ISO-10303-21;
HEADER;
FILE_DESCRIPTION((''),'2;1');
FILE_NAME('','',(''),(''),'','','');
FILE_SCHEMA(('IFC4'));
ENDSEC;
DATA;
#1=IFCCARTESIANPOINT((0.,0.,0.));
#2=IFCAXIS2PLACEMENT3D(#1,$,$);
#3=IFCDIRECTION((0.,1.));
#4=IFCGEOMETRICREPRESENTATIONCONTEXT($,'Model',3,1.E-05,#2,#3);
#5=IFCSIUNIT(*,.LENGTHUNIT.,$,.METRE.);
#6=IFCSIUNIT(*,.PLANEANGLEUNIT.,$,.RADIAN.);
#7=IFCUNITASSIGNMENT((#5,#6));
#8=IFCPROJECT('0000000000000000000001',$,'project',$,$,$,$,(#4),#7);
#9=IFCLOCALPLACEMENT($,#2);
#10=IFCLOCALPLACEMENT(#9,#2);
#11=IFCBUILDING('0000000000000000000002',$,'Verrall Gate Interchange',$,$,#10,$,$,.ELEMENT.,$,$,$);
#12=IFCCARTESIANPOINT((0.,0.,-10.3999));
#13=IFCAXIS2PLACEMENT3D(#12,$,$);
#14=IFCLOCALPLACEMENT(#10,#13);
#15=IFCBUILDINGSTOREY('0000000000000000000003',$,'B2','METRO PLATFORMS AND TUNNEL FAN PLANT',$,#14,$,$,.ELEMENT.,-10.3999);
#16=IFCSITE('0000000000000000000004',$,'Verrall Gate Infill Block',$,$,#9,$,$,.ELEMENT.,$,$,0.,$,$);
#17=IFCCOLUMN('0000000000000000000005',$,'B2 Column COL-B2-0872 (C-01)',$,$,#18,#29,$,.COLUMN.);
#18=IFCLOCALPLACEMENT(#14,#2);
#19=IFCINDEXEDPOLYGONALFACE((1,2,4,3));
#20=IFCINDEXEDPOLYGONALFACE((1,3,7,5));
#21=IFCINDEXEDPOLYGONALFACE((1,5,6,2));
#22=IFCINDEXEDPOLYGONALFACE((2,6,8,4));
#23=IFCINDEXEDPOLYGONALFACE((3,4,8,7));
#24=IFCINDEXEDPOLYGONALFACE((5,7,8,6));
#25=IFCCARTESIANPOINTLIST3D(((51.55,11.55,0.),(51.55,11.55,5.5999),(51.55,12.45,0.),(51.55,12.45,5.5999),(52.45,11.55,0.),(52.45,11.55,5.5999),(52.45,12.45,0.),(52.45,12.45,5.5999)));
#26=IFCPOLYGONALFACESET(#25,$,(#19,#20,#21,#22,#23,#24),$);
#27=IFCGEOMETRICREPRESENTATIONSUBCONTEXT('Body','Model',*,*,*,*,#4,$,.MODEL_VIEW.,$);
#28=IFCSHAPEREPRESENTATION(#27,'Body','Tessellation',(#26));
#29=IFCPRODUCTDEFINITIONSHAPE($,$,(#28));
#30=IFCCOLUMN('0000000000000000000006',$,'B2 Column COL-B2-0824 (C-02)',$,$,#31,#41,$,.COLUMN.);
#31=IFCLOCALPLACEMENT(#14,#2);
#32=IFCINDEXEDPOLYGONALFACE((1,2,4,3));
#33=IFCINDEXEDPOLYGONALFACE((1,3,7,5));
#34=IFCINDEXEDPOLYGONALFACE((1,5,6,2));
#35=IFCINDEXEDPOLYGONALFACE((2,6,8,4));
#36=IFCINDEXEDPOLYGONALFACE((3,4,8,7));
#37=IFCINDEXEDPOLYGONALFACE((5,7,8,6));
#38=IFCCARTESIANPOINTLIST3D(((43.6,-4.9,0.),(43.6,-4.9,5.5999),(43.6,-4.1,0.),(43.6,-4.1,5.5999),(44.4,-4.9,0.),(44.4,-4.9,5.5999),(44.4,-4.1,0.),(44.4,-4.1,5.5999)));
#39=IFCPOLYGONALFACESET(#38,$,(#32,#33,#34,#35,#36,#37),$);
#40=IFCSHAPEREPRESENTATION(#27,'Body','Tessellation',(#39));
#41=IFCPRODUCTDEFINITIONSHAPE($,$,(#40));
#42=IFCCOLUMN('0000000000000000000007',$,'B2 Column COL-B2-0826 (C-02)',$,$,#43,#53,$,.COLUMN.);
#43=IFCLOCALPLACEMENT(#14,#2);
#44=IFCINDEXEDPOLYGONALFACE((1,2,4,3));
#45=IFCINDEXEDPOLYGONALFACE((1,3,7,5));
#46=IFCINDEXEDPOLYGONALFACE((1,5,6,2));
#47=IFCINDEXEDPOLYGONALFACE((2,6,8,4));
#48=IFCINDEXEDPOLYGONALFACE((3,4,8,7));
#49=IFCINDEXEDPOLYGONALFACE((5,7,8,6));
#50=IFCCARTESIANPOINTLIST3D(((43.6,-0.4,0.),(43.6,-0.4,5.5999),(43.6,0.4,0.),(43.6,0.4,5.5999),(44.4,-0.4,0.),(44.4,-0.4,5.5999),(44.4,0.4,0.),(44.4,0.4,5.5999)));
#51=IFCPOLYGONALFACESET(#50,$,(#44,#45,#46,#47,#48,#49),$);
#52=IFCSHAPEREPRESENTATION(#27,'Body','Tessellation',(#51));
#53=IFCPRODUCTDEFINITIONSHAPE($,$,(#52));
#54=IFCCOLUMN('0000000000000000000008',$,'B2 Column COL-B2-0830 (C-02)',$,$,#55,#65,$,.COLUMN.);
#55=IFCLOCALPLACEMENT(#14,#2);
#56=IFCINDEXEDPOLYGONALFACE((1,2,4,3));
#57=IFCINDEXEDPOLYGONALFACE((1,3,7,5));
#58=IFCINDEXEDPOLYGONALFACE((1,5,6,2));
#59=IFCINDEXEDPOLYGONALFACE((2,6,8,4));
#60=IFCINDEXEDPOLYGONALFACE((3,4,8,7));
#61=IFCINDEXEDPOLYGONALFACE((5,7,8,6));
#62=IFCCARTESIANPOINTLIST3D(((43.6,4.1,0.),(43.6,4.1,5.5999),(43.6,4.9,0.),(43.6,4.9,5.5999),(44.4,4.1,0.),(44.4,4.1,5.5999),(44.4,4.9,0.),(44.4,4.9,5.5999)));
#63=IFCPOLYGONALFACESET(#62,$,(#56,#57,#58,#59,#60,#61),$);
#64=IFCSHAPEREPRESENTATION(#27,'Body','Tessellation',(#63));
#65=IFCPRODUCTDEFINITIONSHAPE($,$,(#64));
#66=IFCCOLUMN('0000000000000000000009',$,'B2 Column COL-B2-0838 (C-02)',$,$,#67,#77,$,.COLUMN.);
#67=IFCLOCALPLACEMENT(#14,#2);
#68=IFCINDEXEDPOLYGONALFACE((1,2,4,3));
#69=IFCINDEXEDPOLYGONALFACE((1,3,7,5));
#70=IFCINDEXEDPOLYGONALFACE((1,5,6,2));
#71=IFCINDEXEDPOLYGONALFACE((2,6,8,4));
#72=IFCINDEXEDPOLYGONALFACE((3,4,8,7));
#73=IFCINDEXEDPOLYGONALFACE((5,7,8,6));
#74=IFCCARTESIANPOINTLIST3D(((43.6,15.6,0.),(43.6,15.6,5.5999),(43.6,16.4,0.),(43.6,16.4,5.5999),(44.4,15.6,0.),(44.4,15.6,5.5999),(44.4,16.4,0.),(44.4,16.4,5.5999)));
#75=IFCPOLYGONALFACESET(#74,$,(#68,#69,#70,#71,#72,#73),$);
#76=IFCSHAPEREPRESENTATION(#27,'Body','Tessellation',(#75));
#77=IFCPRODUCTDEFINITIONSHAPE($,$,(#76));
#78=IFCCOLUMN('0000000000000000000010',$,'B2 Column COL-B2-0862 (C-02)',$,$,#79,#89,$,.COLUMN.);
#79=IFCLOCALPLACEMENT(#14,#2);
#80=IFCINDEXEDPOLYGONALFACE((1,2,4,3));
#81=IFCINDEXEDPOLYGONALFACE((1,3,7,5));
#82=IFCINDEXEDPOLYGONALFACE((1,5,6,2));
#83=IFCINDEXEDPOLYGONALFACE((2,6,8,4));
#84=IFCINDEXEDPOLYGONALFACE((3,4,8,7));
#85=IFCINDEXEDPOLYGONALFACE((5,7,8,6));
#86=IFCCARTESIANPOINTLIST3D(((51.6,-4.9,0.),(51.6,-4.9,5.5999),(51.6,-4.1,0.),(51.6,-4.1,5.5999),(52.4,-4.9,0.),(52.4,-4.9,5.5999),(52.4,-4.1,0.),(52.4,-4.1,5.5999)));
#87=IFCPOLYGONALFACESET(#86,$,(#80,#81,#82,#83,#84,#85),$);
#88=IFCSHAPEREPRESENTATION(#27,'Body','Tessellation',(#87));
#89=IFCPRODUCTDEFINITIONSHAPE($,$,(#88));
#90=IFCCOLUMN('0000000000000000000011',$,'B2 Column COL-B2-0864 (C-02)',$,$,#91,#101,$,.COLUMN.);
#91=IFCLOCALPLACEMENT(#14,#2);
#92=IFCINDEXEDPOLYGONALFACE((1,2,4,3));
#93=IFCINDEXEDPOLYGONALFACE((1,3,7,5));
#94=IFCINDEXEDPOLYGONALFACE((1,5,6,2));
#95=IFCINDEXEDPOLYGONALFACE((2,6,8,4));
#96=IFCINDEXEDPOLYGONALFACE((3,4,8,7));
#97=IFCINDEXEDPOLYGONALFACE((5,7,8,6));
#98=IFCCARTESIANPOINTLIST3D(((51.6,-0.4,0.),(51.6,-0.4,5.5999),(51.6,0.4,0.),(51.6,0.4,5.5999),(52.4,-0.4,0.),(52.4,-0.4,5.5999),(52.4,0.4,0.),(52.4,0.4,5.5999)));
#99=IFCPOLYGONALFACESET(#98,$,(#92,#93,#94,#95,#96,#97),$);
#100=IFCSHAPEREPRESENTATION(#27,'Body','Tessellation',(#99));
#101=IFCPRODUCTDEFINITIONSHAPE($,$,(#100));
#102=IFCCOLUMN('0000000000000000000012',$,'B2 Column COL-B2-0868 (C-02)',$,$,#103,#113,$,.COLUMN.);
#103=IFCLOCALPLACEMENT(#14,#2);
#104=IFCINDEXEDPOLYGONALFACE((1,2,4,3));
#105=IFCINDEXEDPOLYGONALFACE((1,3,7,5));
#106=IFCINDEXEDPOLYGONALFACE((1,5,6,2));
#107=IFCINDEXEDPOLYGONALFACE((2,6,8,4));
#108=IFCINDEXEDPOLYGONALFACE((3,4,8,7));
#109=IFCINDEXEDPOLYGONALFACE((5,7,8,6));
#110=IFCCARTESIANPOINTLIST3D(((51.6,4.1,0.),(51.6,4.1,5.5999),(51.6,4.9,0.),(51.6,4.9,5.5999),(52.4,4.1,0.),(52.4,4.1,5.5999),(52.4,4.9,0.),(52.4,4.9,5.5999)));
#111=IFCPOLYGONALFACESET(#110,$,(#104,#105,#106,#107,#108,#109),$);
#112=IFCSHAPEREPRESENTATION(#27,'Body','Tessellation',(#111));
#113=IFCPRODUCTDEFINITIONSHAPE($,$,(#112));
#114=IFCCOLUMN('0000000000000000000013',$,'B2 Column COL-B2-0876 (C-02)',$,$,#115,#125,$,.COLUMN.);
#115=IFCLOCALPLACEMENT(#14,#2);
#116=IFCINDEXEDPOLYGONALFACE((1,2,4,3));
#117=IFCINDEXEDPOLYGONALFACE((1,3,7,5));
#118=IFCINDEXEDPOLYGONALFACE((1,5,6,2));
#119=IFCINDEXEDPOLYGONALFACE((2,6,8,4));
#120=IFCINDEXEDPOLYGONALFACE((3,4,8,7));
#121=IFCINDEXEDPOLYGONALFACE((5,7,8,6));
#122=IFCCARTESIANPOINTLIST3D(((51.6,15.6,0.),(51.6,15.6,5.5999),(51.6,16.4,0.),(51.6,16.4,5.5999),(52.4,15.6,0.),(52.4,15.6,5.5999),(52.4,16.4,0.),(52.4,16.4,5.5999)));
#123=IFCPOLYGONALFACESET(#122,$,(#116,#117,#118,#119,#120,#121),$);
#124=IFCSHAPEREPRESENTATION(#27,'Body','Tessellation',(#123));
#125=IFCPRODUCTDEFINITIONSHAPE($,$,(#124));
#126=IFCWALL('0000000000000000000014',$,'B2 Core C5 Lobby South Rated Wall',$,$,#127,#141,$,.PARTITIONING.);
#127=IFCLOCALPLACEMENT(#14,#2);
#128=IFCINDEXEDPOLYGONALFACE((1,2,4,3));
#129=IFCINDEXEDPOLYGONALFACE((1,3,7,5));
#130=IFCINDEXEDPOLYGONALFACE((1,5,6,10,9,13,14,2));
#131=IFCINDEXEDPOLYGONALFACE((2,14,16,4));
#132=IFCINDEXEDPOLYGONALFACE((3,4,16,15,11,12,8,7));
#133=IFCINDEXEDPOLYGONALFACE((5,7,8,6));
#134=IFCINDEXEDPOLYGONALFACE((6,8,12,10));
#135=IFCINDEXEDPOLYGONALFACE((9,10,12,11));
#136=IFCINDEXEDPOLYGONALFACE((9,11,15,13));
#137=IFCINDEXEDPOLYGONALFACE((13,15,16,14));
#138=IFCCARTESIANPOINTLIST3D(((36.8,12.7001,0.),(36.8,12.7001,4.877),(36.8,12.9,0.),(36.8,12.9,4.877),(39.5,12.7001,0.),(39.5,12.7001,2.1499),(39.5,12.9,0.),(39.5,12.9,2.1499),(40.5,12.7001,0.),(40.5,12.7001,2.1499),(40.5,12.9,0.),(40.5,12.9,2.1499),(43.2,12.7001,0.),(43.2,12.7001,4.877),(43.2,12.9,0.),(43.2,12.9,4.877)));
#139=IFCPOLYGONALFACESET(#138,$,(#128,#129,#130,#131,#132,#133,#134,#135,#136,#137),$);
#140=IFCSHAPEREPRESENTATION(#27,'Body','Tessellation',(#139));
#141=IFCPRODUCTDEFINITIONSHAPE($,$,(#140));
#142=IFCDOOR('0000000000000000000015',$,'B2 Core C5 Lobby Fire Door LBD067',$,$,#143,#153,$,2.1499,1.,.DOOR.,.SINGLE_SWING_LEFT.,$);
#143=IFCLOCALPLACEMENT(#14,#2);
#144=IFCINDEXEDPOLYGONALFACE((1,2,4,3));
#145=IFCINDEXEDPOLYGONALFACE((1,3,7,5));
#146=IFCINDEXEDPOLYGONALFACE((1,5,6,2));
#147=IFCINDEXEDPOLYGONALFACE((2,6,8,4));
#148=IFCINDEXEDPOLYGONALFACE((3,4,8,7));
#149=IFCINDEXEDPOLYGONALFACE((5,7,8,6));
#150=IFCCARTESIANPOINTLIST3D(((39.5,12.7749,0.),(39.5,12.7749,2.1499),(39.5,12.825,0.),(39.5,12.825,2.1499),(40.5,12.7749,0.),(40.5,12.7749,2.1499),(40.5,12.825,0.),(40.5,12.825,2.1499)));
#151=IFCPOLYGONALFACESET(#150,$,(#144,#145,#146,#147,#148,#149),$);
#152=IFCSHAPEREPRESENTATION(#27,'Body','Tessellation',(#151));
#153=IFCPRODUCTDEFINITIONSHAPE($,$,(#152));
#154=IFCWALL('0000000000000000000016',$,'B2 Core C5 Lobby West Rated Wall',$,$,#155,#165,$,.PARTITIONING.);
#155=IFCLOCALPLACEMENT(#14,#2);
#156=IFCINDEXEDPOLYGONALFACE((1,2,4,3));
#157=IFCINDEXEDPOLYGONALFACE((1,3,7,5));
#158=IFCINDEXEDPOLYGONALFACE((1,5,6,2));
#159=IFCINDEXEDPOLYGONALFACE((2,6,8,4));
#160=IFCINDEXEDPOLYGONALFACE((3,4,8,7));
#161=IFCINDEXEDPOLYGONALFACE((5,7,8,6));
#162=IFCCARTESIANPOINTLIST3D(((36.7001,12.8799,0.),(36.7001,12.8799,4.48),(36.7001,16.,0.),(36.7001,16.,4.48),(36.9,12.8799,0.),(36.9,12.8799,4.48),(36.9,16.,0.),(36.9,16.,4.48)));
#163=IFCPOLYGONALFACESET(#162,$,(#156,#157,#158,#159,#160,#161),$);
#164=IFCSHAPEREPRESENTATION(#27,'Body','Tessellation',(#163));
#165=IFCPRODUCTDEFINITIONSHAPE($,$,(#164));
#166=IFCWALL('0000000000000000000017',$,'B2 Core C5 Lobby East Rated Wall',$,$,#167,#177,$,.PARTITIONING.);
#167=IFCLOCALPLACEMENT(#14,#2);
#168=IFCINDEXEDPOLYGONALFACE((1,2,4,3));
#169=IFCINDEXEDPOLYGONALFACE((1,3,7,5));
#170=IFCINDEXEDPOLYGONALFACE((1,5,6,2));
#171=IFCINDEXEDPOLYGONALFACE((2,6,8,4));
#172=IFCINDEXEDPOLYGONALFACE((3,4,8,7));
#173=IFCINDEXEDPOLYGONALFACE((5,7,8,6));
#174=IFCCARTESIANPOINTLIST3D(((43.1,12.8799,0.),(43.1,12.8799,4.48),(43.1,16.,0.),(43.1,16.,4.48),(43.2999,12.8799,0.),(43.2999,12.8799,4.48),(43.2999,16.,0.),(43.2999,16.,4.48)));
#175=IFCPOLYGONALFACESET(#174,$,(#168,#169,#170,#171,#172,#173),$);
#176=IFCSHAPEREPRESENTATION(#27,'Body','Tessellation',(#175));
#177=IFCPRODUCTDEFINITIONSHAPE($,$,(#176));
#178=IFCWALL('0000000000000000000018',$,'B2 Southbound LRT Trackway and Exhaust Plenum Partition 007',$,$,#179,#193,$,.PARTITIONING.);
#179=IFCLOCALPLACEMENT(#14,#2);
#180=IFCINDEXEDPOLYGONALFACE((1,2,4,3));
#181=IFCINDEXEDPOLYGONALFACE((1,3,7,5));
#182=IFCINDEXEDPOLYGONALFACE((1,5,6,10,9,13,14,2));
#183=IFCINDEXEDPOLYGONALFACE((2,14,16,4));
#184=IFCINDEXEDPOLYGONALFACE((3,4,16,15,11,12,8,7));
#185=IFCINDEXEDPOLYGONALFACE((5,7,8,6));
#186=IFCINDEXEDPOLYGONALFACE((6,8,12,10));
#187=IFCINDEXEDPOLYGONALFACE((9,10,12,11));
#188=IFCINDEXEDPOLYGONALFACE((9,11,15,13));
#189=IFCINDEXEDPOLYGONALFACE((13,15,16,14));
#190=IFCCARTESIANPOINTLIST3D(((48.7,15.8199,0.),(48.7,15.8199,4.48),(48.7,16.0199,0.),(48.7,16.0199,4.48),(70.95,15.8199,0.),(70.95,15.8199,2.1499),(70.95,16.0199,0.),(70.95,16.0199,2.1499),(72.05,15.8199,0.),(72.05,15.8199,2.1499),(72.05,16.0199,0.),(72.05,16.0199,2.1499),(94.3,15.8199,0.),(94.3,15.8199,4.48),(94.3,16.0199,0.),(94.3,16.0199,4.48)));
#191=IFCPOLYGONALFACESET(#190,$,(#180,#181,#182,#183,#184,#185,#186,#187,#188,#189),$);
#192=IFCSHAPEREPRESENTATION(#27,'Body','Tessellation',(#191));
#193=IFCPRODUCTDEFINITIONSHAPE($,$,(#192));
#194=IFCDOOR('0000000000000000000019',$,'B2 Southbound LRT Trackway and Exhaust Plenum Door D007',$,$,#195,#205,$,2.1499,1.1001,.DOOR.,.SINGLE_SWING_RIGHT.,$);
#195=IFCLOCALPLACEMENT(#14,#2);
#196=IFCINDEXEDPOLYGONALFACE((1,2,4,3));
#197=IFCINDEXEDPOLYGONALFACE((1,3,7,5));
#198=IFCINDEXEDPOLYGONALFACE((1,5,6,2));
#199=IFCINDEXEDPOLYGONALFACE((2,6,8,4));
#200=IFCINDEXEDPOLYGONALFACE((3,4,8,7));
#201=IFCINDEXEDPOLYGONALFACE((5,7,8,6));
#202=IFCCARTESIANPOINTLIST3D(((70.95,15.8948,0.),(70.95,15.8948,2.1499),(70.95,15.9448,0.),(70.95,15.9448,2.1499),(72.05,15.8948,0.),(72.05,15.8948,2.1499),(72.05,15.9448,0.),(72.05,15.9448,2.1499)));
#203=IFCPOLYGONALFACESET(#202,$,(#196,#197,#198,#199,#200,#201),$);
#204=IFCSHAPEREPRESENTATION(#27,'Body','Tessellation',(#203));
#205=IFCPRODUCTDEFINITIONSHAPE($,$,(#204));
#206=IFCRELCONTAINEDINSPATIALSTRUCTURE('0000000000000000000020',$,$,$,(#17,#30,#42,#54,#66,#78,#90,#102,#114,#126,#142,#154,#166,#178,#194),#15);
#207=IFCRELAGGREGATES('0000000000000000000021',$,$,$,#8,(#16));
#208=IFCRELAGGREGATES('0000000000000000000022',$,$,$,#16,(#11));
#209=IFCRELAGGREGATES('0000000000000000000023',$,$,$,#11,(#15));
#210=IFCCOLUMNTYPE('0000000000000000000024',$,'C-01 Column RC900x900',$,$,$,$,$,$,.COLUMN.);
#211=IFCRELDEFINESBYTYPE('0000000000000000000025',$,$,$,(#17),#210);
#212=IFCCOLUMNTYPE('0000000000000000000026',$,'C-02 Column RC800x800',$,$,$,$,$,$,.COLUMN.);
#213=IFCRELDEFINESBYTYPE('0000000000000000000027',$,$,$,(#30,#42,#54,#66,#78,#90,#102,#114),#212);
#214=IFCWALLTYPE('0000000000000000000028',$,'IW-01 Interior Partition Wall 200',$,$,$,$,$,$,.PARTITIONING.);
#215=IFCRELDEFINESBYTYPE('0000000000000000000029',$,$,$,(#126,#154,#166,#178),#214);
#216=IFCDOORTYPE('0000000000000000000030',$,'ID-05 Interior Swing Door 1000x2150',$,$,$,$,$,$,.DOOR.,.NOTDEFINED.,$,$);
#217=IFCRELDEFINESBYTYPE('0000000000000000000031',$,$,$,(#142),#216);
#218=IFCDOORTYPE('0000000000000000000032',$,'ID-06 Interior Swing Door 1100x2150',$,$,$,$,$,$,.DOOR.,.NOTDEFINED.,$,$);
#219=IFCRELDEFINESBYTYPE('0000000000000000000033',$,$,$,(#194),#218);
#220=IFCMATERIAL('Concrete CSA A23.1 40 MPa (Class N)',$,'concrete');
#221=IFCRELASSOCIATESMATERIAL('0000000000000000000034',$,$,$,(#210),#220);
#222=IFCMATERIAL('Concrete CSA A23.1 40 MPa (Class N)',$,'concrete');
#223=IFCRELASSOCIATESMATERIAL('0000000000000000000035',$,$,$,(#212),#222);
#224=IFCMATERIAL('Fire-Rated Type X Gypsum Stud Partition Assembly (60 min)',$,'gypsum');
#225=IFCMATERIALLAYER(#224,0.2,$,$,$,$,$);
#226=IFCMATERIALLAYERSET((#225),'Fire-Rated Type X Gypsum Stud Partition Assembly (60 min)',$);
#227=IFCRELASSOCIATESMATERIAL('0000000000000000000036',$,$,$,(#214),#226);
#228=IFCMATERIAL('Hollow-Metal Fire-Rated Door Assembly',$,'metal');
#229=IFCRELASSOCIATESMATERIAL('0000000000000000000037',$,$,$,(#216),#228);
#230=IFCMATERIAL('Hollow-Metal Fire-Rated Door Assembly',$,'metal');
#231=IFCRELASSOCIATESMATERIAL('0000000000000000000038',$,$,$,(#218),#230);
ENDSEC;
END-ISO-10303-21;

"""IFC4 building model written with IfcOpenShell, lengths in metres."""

from ifc_helpers import new_model, si_unit, direction, frame, frame_2d, origin, origin_2d, place, context, subcontext, project, spatial, rectangle, extrude, material, layer, layer_set, material_profile, profile_set, type_object, element, fill, save


model = new_model("IFC4")

# Units and contexts
model_context = context("Model", 3, precision=1e-05, world=origin(), true_north=direction((0.0, 1.0)))
body_context = subcontext(model_context, "Body", "Model", "MODEL_VIEW")
ifc_project = project(units=[si_unit("LENGTHUNIT", "METRE"), si_unit("PLANEANGLEUNIT", "RADIAN")], contexts=[model_context])

# Site, building, storey
site_placement = place(None, origin())
site = spatial("IfcSite", under=ifc_project, at=site_placement, Name="Verrall Gate Infill Block", CompositionType="ELEMENT", RefElevation=0.0)
building_placement = place(site_placement, origin())
building = spatial("IfcBuilding", under=site, at=building_placement, Name="Verrall Gate Interchange", CompositionType="ELEMENT")
storey_placement = place(building_placement, frame((0.0, 0.0, -10.3999)))
storey = spatial("IfcBuildingStorey", under=building, at=storey_placement, Name="B2", Description="METRO PLATFORMS AND TUNNEL FAN PLANT", CompositionType="ELEMENT", Elevation=-10.3999)

# Columns
ifc_material_1 = material(Name="Concrete CSA A23.1 40 MPa (Class N)", Category="concrete")
ifc_material_profile_1 = material_profile(ifc_material_1, rectangle(XDim=0.8999, YDim=0.8999, at=origin_2d()), Name="RC900x900")
ifc_profile_set_1 = profile_set([ifc_material_profile_1], Name="Concrete CSA A23.1 40 MPa (Class N)")
column_type_1 = type_object("IfcColumnType", Name="C-01 Column RC900x900", PredefinedType="COLUMN", material=ifc_profile_set_1)
for number, where, z_axis, x_axis, name in (
    (1, (52.0, 12.0, 0.0), (0.0, 0.0, 1.0), (1.0, 0.0, 0.0), "B2 Column COL-B2-0872 (C-01)"),
):
    element("IfcColumn", number, at=place(storey_placement, frame(where, z_axis=z_axis, x_axis=x_axis)), inside=storey, type_object=column_type_1, Name=name, PredefinedType="COLUMN", context=body_context, shape_type="SweptSolid", body=[
        extrude(rectangle(XDim=0.8999, YDim=0.8999, at=origin_2d()), origin(), (0.0, 0.0, 1.0), 5.5999),
    ])
ifc_material_2 = material(Name="Concrete CSA A23.1 40 MPa (Class N)", Category="concrete")
ifc_material_profile_2 = material_profile(ifc_material_2, rectangle(XDim=0.8, YDim=0.8, at=origin_2d()), Name="RC800x800")
ifc_profile_set_2 = profile_set([ifc_material_profile_2], Name="Concrete CSA A23.1 40 MPa (Class N)")
column_type_2 = type_object("IfcColumnType", Name="C-02 Column RC800x800", PredefinedType="COLUMN", material=ifc_profile_set_2)
for number, where, z_axis, x_axis, name in (
    (2, (44.0, -4.5, 0.0), (0.0, 0.0, 1.0), (1.0, 0.0, 0.0), "B2 Column COL-B2-0824 (C-02)"),
    (3, (44.0, 0.0, 0.0), (0.0, 0.0, 1.0), (1.0, 0.0, 0.0), "B2 Column COL-B2-0826 (C-02)"),
    (4, (44.0, 4.5, 0.0), (0.0, 0.0, 1.0), (1.0, 0.0, 0.0), "B2 Column COL-B2-0830 (C-02)"),
    (5, (44.0, 16.0, 0.0), (0.0, 0.0, 1.0), (1.0, 0.0, 0.0), "B2 Column COL-B2-0838 (C-02)"),
    (6, (52.0, -4.5, 0.0), (0.0, 0.0, 1.0), (1.0, 0.0, 0.0), "B2 Column COL-B2-0862 (C-02)"),
    (7, (52.0, 0.0, 0.0), (0.0, 0.0, 1.0), (1.0, 0.0, 0.0), "B2 Column COL-B2-0864 (C-02)"),
    (8, (52.0, 4.5, 0.0), (0.0, 0.0, 1.0), (1.0, 0.0, 0.0), "B2 Column COL-B2-0868 (C-02)"),
    (9, (52.0, 16.0, 0.0), (0.0, 0.0, 1.0), (1.0, 0.0, 0.0), "B2 Column COL-B2-0876 (C-02)"),
):
    element("IfcColumn", number, at=place(storey_placement, frame(where, z_axis=z_axis, x_axis=x_axis)), inside=storey, type_object=column_type_2, Name=name, PredefinedType="COLUMN", context=body_context, shape_type="SweptSolid", body=[
        extrude(rectangle(XDim=0.8, YDim=0.8, at=origin_2d()), origin(), (0.0, 0.0, 1.0), 5.5999),
    ])

# Wall, opening, door
ifc_material_3 = material(Name="Fire-Rated Type X Gypsum Stud Partition Assembly (60 min)", Category="gypsum")
ifc_layer_1 = layer(ifc_material_3, 0.2)
ifc_layer_set_1 = layer_set([ifc_layer_1], Name="Fire-Rated Type X Gypsum Stud Partition Assembly (60 min)")
wall_type_1 = type_object("IfcWallType", Name="IW-01 Interior Partition Wall 200", PredefinedType="PARTITIONING", material=ifc_layer_set_1)
wall_1_placement = place(storey_placement, frame((36.8, 12.8, 0.0), z_axis=(0.0, 0.0, 1.0), x_axis=(1.0, 0.0, 0.0)))
wall_1 = element("IfcWall", 10, at=wall_1_placement, inside=storey, type_object=wall_type_1, Name="B2 Core C5 Lobby South Rated Wall", PredefinedType="PARTITIONING", context=body_context, shape_type="SweptSolid", body=[
    extrude(rectangle(XDim=6.3999, YDim=0.2, at=frame_2d((3.2, 0.0))), origin(), (0.0, 0.0, 1.0), 4.877),
])
opening_1_placement = place(wall_1_placement, frame((2.7, 0.0, 0.0)))
opening_1 = element("IfcOpeningElement", 11, at=opening_1_placement, cuts=wall_1, PredefinedType="OPENING", context=body_context, shape_type="SweptSolid", body=[
    extrude(rectangle(XDim=1.0, YDim=2.1499, at=frame_2d((0.5, 1.075))), frame((0.0, 0.1147, 0.0), z_axis=(0.0, -1.0, 0.0), x_axis=(1.0, 0.0, 0.0)), (0.0, 0.0, 1.0), 0.2297),
])
ifc_material_4 = material(Name="Hollow-Metal Fire-Rated Door Assembly", Category="metal")
door_type_1 = type_object("IfcDoorType", Name="ID-05 Interior Swing Door 1000x2150", OperationType="NOTDEFINED", PredefinedType="DOOR", material=ifc_material_4)
door_1_placement = place(opening_1_placement, origin())
door_1 = element("IfcDoor", 12, at=door_1_placement, inside=storey, type_object=door_type_1, Name="B2 Core C5 Lobby Fire Door LBD067", OperationType="SINGLE_SWING_LEFT", OverallHeight=2.1499, OverallWidth=1.0, PredefinedType="DOOR", context=body_context, shape_type="SweptSolid", body=[
    extrude(rectangle(XDim=1.0, YDim=2.1499, at=frame_2d((0.5, 1.075))), frame((0.0, 0.0249, 0.0), z_axis=(0.0, -1.0, 0.0), x_axis=(1.0, 0.0, 0.0)), (0.0, 0.0, 1.0), 0.05),
])
fill(opening_1, door_1)

# Walls
for number, where, z_axis, x_axis, name in (
    (13, (36.8, 16.0, 0.0), (0.0, 0.0, 1.0), (0.0, -1.0, 0.0), "B2 Core C5 Lobby West Rated Wall"),
    (14, (43.2, 12.8799, 0.0), (0.0, 0.0, 1.0), (0.0, 1.0, 0.0), "B2 Core C5 Lobby East Rated Wall"),
):
    element("IfcWall", number, at=place(storey_placement, frame(where, z_axis=z_axis, x_axis=x_axis)), inside=storey, type_object=wall_type_1, Name=name, PredefinedType="PARTITIONING", context=body_context, shape_type="SweptSolid", body=[
        extrude(rectangle(XDim=3.1201, YDim=0.2, at=frame_2d((1.5601, 0.0))), origin(), (0.0, 0.0, 1.0), 4.48),
    ])

# Wall, opening, door
wall_2_placement = place(storey_placement, frame((48.7, 15.9199, 0.0), z_axis=(0.0, 0.0, 1.0), x_axis=(1.0, 0.0, 0.0)))
wall_2 = element("IfcWall", 15, at=wall_2_placement, inside=storey, type_object=wall_type_1, Name="B2 Southbound LRT Trackway and Exhaust Plenum Partition 007", PredefinedType="PARTITIONING", context=body_context, shape_type="SweptSolid", body=[
    extrude(rectangle(XDim=45.6001, YDim=0.2, at=frame_2d((22.8, 0.0))), origin(), (0.0, 0.0, 1.0), 4.48),
])
opening_2_placement = place(wall_2_placement, frame((22.25, 0.0, 0.0)))
opening_2 = element("IfcOpeningElement", 16, at=opening_2_placement, cuts=wall_2, PredefinedType="OPENING", context=body_context, shape_type="SweptSolid", body=[
    extrude(rectangle(XDim=1.1001, YDim=2.1499, at=frame_2d((0.55, 1.075))), frame((0.0, 0.1147, 0.0), z_axis=(0.0, -1.0, 0.0), x_axis=(1.0, 0.0, 0.0)), (0.0, 0.0, 1.0), 0.2297),
])
ifc_material_5 = material(Name="Hollow-Metal Fire-Rated Door Assembly", Category="metal")
door_type_2 = type_object("IfcDoorType", Name="ID-06 Interior Swing Door 1100x2150", OperationType="NOTDEFINED", PredefinedType="DOOR", material=ifc_material_5)
door_2_placement = place(opening_2_placement, origin())
door_2 = element("IfcDoor", 17, at=door_2_placement, inside=storey, type_object=door_type_2, Name="B2 Southbound LRT Trackway and Exhaust Plenum Door D007", OperationType="SINGLE_SWING_RIGHT", OverallHeight=2.1499, OverallWidth=1.1001, PredefinedType="DOOR", context=body_context, shape_type="SweptSolid", body=[
    extrude(rectangle(XDim=1.1001, YDim=2.1499, at=frame_2d((0.55, 1.075))), frame((0.0, 0.0249, 0.0), z_axis=(0.0, -1.0, 0.0), x_axis=(1.0, 0.0, 0.0)), (0.0, 0.0, 1.0), 0.05),
])
fill(opening_2, door_2)

save(model, "model.ifc")
